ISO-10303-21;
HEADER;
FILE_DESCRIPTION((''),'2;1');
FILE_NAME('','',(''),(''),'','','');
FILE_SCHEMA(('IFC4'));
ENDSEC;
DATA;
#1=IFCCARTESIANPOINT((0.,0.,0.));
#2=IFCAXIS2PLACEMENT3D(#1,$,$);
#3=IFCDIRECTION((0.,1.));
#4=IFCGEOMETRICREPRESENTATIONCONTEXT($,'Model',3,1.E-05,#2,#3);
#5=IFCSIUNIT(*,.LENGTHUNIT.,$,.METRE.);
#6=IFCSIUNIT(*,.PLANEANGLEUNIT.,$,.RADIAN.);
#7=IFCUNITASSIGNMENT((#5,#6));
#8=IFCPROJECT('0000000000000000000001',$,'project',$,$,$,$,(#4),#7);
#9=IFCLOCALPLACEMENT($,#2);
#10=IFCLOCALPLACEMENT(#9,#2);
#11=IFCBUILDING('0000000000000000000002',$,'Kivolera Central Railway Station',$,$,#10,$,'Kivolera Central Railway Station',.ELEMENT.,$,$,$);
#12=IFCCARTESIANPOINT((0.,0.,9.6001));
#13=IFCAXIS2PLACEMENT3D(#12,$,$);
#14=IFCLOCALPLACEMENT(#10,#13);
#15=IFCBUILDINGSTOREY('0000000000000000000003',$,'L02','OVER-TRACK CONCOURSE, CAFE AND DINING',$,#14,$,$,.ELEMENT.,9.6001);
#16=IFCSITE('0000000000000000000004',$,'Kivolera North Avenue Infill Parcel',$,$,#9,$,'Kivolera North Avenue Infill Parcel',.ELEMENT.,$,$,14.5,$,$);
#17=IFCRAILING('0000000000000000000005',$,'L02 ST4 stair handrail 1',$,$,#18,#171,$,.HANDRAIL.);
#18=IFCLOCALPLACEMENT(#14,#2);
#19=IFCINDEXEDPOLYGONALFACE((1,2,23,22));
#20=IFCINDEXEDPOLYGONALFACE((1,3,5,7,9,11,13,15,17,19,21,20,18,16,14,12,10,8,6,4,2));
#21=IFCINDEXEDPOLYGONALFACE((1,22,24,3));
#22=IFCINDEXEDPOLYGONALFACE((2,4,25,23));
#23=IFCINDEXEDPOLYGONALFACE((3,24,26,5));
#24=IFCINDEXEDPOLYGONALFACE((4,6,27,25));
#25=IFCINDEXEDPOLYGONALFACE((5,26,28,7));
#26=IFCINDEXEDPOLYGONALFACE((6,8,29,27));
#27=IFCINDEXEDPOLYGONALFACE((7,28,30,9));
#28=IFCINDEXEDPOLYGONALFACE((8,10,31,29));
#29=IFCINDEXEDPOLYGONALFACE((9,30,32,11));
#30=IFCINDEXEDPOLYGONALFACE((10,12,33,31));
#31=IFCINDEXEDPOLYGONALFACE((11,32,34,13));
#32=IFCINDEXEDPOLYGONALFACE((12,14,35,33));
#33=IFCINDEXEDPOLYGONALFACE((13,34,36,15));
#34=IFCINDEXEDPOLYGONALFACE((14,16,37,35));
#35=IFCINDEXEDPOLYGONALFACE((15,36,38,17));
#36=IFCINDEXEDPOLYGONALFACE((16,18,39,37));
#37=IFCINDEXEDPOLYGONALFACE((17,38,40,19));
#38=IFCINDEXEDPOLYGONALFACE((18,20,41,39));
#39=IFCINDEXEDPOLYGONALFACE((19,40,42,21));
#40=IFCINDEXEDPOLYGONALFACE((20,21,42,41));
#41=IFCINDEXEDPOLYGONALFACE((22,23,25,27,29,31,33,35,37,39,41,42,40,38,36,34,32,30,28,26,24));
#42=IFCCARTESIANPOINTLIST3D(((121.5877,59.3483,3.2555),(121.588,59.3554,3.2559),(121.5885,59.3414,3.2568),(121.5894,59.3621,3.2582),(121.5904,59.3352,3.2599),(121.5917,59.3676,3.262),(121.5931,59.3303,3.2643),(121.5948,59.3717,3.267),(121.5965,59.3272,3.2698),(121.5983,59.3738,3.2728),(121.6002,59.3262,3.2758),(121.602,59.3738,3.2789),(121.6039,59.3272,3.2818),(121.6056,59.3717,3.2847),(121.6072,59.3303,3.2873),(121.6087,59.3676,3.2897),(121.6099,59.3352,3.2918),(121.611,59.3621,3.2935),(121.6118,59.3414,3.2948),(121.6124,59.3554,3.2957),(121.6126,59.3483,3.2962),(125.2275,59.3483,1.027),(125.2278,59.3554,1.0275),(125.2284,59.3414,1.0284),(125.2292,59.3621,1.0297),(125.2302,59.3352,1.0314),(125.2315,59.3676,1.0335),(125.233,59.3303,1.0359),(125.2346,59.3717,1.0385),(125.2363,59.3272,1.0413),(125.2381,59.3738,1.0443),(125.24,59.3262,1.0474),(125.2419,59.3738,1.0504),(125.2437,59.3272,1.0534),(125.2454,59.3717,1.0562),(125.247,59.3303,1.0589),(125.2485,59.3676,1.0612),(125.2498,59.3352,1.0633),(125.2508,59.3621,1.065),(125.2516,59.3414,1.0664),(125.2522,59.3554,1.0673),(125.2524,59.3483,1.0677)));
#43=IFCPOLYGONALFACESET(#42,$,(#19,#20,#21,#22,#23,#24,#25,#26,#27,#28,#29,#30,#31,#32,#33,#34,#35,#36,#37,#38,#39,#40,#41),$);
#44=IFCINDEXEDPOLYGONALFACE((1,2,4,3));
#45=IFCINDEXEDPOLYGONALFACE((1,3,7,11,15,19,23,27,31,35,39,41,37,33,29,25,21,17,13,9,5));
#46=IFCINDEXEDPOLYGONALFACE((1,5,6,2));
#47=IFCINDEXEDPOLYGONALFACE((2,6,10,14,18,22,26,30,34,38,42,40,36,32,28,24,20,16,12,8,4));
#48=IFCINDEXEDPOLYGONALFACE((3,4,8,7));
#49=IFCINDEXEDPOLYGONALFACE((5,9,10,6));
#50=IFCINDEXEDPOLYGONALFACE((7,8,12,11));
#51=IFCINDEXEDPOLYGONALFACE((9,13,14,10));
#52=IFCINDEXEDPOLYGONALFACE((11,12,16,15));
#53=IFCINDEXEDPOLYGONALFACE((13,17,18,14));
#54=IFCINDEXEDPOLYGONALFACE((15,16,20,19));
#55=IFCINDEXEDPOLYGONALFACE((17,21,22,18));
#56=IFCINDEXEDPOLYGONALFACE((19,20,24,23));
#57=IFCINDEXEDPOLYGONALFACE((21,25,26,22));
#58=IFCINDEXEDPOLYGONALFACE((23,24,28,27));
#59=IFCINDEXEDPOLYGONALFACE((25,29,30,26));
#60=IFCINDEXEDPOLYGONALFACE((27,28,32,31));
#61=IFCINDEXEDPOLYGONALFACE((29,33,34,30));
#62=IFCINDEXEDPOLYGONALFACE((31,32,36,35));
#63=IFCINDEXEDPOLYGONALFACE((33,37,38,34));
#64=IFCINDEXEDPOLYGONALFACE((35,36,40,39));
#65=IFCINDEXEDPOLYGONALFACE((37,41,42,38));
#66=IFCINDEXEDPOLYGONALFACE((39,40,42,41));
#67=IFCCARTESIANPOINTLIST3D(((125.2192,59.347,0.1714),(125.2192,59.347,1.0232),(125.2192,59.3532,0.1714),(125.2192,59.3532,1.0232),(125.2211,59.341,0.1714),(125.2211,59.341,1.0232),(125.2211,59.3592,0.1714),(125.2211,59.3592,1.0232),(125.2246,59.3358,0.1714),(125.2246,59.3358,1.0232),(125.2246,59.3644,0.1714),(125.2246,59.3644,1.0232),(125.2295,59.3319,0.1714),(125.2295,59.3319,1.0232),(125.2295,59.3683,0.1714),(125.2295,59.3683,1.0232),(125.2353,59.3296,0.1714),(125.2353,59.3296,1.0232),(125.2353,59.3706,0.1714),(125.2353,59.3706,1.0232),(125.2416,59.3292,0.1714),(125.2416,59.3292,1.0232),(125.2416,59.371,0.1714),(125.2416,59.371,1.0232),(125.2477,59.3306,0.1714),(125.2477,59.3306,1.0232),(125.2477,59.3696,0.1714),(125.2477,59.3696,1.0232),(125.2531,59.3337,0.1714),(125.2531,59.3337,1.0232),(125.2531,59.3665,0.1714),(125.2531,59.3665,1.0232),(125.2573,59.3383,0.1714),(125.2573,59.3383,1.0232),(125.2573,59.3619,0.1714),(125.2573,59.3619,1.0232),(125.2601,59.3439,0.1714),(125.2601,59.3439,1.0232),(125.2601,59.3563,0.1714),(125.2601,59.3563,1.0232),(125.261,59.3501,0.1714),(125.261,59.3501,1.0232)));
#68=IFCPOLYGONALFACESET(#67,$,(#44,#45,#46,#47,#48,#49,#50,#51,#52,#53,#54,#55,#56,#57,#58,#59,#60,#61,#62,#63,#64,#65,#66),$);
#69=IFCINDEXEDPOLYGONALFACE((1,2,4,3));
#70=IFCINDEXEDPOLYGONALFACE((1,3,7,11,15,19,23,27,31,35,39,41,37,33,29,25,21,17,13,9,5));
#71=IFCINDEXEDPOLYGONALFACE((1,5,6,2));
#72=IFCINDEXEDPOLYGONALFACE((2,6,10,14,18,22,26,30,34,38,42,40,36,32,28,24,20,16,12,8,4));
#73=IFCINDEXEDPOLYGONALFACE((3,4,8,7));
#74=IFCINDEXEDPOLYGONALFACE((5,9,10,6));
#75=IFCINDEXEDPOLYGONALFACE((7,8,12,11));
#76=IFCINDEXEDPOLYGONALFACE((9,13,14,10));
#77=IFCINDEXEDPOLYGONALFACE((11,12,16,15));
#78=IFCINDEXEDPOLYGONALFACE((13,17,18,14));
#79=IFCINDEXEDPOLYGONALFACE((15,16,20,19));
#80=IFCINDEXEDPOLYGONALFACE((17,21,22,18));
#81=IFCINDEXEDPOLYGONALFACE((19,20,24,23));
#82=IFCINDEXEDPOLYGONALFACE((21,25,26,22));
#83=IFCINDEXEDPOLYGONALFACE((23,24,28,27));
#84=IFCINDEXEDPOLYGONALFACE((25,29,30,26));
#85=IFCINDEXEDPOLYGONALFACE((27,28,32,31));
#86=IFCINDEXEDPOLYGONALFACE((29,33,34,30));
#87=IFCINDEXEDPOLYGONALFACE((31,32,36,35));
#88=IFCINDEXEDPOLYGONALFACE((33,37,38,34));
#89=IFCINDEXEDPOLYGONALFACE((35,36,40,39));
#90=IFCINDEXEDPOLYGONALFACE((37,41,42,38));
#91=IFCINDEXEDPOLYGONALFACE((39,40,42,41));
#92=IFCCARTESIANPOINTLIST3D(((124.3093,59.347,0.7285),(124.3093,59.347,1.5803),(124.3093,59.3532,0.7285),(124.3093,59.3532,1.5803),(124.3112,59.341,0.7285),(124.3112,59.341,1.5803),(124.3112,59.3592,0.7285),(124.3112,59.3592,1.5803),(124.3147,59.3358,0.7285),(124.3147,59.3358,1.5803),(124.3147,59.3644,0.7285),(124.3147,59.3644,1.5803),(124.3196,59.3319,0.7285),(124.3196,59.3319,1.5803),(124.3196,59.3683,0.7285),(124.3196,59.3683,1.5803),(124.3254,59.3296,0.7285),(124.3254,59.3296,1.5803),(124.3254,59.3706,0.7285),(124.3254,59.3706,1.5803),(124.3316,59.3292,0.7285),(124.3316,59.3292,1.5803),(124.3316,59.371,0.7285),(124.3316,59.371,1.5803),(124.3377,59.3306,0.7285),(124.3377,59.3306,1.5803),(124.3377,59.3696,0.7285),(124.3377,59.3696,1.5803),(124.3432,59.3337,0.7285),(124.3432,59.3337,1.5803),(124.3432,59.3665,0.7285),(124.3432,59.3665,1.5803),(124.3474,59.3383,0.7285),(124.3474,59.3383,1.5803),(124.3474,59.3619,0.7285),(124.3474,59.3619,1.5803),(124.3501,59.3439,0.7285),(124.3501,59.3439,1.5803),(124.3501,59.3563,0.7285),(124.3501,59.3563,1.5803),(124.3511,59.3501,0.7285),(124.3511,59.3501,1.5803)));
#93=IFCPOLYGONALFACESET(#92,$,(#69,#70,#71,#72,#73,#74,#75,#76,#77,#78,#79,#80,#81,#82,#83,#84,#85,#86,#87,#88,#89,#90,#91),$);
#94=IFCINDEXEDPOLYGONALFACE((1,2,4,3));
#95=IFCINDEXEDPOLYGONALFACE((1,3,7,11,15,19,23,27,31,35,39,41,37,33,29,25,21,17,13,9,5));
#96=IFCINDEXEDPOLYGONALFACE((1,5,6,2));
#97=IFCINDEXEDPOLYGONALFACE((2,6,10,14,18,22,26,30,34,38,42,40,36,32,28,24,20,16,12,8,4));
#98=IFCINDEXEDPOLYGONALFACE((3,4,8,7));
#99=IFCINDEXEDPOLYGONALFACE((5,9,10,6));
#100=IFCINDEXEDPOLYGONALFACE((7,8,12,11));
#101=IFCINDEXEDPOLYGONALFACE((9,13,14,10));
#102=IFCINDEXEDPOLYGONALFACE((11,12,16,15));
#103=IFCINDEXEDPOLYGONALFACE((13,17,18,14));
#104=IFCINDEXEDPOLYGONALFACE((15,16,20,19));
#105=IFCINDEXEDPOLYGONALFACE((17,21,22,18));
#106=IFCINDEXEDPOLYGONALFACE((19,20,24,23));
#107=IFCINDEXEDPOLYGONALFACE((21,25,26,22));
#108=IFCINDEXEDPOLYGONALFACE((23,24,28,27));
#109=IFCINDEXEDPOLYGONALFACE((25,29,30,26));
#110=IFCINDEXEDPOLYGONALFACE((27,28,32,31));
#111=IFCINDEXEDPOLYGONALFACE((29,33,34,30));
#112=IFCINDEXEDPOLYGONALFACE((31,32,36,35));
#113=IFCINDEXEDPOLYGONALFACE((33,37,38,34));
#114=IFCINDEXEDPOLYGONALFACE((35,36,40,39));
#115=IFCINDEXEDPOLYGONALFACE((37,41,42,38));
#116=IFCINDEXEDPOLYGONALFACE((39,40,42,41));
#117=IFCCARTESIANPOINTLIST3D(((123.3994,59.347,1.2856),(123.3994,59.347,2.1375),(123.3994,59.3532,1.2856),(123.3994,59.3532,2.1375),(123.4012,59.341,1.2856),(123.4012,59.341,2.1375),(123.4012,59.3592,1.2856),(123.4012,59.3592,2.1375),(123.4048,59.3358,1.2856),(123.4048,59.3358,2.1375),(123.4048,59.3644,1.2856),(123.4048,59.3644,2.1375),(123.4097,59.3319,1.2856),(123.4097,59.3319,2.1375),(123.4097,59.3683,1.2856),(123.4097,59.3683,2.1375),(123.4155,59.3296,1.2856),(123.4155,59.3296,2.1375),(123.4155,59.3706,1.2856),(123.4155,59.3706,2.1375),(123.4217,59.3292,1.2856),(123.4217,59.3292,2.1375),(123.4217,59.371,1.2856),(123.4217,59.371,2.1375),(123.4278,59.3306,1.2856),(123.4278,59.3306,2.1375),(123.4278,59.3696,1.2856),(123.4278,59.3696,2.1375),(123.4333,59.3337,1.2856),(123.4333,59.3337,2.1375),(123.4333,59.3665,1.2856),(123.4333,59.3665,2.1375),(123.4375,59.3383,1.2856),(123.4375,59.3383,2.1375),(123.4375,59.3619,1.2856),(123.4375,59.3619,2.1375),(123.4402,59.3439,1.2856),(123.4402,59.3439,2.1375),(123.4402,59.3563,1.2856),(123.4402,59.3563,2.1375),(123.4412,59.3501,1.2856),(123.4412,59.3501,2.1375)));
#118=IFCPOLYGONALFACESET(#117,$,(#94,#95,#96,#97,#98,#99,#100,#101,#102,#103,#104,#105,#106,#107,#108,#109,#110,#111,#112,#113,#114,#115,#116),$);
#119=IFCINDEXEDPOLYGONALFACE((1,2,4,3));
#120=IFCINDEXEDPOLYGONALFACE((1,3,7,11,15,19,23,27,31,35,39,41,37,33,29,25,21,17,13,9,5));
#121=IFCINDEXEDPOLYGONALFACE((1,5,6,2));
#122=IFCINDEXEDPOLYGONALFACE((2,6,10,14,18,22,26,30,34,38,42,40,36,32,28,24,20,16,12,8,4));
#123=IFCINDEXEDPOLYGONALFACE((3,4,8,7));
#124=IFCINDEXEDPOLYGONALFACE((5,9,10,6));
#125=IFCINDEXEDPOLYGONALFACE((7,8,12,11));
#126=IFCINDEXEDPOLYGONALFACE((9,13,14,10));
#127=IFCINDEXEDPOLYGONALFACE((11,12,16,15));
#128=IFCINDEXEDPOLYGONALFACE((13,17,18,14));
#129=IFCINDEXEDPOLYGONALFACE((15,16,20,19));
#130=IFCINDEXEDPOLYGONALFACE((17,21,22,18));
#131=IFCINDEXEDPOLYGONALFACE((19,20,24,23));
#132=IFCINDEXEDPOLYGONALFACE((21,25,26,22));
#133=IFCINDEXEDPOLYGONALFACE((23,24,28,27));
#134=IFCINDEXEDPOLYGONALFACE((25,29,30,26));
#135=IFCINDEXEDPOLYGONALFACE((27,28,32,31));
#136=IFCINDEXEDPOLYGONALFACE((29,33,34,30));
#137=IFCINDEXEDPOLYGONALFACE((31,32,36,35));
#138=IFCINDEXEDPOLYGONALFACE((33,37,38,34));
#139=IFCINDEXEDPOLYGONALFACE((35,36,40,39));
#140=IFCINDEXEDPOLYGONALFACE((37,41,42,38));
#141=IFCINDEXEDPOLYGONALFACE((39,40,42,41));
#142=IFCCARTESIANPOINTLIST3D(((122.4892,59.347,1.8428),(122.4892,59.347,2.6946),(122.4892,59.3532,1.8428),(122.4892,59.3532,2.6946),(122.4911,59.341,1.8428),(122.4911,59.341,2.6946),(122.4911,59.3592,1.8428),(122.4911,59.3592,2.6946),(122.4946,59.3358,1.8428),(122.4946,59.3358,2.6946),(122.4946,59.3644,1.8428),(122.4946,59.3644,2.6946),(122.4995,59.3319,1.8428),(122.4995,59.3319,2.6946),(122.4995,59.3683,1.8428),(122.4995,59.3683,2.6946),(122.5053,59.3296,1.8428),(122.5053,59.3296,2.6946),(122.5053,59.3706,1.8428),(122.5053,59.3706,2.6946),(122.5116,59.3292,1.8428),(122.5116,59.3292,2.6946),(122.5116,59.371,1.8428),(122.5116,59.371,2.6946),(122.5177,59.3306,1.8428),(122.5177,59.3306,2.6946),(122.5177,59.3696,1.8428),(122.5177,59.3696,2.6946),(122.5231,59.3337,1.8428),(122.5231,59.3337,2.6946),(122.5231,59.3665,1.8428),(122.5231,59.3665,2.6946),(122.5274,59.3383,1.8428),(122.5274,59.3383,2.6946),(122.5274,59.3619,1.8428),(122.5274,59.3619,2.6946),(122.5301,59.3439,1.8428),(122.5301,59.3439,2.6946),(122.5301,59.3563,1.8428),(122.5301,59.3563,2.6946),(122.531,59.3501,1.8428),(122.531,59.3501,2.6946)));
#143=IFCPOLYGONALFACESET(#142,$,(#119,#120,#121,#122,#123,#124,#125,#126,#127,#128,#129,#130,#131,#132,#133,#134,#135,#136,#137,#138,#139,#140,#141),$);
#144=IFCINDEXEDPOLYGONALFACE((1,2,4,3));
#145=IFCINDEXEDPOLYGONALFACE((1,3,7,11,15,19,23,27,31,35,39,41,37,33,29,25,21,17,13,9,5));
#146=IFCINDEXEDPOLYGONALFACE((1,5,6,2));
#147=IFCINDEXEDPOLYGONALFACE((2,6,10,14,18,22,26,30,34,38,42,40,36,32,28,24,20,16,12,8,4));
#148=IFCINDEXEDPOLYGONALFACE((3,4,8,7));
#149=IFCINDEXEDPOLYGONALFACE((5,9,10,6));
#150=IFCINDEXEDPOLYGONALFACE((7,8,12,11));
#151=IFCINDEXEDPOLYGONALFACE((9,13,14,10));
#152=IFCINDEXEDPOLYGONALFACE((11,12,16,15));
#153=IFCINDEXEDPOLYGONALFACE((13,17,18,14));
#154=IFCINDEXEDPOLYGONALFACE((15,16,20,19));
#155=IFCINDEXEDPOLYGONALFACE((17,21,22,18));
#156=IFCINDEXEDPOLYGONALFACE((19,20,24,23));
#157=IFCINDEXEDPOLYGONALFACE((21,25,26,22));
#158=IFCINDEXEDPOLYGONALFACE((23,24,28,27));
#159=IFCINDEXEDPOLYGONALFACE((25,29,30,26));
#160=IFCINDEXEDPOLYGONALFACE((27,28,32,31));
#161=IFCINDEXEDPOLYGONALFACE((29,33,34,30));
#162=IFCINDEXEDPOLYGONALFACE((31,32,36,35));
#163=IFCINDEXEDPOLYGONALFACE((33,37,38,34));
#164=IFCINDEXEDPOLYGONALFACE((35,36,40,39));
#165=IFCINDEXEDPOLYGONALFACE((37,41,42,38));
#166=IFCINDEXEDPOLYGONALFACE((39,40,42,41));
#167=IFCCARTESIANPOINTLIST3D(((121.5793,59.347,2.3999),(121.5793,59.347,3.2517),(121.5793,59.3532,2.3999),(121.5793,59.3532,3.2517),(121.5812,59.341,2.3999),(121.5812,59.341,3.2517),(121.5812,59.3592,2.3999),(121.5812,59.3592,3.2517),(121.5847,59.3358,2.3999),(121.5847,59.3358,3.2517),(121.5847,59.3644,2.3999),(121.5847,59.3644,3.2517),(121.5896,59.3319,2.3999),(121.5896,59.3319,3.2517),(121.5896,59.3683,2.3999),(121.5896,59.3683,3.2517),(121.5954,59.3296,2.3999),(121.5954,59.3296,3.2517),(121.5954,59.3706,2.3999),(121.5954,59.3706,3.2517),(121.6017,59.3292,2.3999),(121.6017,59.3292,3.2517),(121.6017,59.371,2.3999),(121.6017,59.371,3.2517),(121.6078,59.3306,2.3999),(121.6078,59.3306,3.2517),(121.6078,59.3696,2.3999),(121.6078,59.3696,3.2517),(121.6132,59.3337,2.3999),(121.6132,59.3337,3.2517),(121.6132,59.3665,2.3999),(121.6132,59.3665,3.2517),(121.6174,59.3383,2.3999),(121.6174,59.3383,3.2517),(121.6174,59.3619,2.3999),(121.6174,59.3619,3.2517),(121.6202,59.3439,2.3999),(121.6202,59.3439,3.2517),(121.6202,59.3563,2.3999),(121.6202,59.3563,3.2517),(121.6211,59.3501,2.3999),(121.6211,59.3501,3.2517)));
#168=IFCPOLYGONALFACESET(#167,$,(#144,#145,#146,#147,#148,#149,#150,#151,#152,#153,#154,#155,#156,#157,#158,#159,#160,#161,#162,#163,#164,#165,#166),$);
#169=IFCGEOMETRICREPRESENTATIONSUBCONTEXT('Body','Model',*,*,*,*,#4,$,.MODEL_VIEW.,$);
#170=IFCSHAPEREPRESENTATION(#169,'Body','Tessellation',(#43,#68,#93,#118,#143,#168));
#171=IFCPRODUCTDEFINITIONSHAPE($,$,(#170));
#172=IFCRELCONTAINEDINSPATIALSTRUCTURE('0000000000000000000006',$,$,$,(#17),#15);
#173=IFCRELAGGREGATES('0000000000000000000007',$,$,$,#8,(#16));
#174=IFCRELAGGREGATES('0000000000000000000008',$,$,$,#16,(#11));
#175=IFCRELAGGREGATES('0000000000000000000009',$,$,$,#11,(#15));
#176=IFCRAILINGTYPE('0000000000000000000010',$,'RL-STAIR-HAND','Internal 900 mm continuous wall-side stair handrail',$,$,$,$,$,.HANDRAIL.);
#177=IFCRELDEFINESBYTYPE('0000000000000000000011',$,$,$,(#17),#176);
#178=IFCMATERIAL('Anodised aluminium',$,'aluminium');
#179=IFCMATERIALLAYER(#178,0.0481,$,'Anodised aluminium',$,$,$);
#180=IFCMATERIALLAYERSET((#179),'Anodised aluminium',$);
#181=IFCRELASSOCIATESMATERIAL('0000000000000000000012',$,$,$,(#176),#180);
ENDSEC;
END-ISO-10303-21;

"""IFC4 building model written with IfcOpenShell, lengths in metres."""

from ifc_helpers import new_model, si_unit, direction, frame, origin, origin_2d, place, context, subcontext, project, spatial, circle, extrude, material, layer, layer_set, type_object, element, save


model = new_model("IFC4")

# Units and contexts
model_context = context("Model", 3, precision=1e-05, world=origin(), true_north=direction((0.0, 1.0)))
body_context = subcontext(model_context, "Body", "Model", "MODEL_VIEW")
ifc_project = project(units=[si_unit("LENGTHUNIT", "METRE"), si_unit("PLANEANGLEUNIT", "RADIAN")], contexts=[model_context])

# Site, building, storey
site_placement = place(None, origin())
site = spatial("IfcSite", under=ifc_project, at=site_placement, Name="Kivolera North Avenue Infill Parcel", LongName="Kivolera North Avenue Infill Parcel", CompositionType="ELEMENT", RefElevation=14.5)
building_placement = place(site_placement, origin())
building = spatial("IfcBuilding", under=site, at=building_placement, Name="Kivolera Central Railway Station", LongName="Kivolera Central Railway Station", CompositionType="ELEMENT")
storey_placement = place(building_placement, frame((0.0, 0.0, 9.6001)))
storey = spatial("IfcBuildingStorey", under=building, at=storey_placement, Name="L02", Description="OVER-TRACK CONCOURSE, CAFE AND DINING", CompositionType="ELEMENT", Elevation=9.6001)

# Shared definitions
ifc_material_1 = material(Name="Anodised aluminium", Category="aluminium")

# Railing
ifc_layer_1 = layer(ifc_material_1, 0.0481, Name="Anodised aluminium")
ifc_layer_set_1 = layer_set([ifc_layer_1], Name="Anodised aluminium")
railing_type_1 = type_object("IfcRailingType", Name="RL-STAIR-HAND", Description="Internal 900 mm continuous wall-side stair handrail", PredefinedType="HANDRAIL", material=ifc_layer_set_1)
railing_1_placement = place(storey_placement, frame((125.24, 59.3501, 0.1714)))
element("IfcRailing", 1, at=railing_1_placement, inside=storey, type_object=railing_type_1, Name="L02 ST4 stair handrail 1", PredefinedType="HANDRAIL", context=body_context, shape_type="SweptSolid", body=[
    extrude(circle(Radius=0.0239, at=origin_2d()), frame((0.0, 0.0, 0.876), z_axis=(-0.85285, 0.0, 0.522156), x_axis=(0.0, -1.0, 0.0)), (0.0, 0.0, 1.0), 4.2678),
    extrude(circle(Radius=0.021, at=origin_2d()), origin(), (0.0, 0.0, 1.0), 0.8518),
    extrude(circle(Radius=0.021, at=origin_2d()), frame((-0.9099, 0.0, 0.5571)), (0.0, 0.0, 1.0), 0.8518),
    extrude(circle(Radius=0.021, at=origin_2d()), frame((-1.8198, 0.0, 1.1143)), (0.0, 0.0, 1.0), 0.8518),
    extrude(circle(Radius=0.021, at=origin_2d()), frame((-2.73, 0.0, 1.6714)), (0.0, 0.0, 1.0), 0.8518),
    extrude(circle(Radius=0.021, at=origin_2d()), frame((-3.6399, 0.0, 2.2285)), (0.0, 0.0, 1.0), 0.8518),
])

save(model, "model.ifc")
